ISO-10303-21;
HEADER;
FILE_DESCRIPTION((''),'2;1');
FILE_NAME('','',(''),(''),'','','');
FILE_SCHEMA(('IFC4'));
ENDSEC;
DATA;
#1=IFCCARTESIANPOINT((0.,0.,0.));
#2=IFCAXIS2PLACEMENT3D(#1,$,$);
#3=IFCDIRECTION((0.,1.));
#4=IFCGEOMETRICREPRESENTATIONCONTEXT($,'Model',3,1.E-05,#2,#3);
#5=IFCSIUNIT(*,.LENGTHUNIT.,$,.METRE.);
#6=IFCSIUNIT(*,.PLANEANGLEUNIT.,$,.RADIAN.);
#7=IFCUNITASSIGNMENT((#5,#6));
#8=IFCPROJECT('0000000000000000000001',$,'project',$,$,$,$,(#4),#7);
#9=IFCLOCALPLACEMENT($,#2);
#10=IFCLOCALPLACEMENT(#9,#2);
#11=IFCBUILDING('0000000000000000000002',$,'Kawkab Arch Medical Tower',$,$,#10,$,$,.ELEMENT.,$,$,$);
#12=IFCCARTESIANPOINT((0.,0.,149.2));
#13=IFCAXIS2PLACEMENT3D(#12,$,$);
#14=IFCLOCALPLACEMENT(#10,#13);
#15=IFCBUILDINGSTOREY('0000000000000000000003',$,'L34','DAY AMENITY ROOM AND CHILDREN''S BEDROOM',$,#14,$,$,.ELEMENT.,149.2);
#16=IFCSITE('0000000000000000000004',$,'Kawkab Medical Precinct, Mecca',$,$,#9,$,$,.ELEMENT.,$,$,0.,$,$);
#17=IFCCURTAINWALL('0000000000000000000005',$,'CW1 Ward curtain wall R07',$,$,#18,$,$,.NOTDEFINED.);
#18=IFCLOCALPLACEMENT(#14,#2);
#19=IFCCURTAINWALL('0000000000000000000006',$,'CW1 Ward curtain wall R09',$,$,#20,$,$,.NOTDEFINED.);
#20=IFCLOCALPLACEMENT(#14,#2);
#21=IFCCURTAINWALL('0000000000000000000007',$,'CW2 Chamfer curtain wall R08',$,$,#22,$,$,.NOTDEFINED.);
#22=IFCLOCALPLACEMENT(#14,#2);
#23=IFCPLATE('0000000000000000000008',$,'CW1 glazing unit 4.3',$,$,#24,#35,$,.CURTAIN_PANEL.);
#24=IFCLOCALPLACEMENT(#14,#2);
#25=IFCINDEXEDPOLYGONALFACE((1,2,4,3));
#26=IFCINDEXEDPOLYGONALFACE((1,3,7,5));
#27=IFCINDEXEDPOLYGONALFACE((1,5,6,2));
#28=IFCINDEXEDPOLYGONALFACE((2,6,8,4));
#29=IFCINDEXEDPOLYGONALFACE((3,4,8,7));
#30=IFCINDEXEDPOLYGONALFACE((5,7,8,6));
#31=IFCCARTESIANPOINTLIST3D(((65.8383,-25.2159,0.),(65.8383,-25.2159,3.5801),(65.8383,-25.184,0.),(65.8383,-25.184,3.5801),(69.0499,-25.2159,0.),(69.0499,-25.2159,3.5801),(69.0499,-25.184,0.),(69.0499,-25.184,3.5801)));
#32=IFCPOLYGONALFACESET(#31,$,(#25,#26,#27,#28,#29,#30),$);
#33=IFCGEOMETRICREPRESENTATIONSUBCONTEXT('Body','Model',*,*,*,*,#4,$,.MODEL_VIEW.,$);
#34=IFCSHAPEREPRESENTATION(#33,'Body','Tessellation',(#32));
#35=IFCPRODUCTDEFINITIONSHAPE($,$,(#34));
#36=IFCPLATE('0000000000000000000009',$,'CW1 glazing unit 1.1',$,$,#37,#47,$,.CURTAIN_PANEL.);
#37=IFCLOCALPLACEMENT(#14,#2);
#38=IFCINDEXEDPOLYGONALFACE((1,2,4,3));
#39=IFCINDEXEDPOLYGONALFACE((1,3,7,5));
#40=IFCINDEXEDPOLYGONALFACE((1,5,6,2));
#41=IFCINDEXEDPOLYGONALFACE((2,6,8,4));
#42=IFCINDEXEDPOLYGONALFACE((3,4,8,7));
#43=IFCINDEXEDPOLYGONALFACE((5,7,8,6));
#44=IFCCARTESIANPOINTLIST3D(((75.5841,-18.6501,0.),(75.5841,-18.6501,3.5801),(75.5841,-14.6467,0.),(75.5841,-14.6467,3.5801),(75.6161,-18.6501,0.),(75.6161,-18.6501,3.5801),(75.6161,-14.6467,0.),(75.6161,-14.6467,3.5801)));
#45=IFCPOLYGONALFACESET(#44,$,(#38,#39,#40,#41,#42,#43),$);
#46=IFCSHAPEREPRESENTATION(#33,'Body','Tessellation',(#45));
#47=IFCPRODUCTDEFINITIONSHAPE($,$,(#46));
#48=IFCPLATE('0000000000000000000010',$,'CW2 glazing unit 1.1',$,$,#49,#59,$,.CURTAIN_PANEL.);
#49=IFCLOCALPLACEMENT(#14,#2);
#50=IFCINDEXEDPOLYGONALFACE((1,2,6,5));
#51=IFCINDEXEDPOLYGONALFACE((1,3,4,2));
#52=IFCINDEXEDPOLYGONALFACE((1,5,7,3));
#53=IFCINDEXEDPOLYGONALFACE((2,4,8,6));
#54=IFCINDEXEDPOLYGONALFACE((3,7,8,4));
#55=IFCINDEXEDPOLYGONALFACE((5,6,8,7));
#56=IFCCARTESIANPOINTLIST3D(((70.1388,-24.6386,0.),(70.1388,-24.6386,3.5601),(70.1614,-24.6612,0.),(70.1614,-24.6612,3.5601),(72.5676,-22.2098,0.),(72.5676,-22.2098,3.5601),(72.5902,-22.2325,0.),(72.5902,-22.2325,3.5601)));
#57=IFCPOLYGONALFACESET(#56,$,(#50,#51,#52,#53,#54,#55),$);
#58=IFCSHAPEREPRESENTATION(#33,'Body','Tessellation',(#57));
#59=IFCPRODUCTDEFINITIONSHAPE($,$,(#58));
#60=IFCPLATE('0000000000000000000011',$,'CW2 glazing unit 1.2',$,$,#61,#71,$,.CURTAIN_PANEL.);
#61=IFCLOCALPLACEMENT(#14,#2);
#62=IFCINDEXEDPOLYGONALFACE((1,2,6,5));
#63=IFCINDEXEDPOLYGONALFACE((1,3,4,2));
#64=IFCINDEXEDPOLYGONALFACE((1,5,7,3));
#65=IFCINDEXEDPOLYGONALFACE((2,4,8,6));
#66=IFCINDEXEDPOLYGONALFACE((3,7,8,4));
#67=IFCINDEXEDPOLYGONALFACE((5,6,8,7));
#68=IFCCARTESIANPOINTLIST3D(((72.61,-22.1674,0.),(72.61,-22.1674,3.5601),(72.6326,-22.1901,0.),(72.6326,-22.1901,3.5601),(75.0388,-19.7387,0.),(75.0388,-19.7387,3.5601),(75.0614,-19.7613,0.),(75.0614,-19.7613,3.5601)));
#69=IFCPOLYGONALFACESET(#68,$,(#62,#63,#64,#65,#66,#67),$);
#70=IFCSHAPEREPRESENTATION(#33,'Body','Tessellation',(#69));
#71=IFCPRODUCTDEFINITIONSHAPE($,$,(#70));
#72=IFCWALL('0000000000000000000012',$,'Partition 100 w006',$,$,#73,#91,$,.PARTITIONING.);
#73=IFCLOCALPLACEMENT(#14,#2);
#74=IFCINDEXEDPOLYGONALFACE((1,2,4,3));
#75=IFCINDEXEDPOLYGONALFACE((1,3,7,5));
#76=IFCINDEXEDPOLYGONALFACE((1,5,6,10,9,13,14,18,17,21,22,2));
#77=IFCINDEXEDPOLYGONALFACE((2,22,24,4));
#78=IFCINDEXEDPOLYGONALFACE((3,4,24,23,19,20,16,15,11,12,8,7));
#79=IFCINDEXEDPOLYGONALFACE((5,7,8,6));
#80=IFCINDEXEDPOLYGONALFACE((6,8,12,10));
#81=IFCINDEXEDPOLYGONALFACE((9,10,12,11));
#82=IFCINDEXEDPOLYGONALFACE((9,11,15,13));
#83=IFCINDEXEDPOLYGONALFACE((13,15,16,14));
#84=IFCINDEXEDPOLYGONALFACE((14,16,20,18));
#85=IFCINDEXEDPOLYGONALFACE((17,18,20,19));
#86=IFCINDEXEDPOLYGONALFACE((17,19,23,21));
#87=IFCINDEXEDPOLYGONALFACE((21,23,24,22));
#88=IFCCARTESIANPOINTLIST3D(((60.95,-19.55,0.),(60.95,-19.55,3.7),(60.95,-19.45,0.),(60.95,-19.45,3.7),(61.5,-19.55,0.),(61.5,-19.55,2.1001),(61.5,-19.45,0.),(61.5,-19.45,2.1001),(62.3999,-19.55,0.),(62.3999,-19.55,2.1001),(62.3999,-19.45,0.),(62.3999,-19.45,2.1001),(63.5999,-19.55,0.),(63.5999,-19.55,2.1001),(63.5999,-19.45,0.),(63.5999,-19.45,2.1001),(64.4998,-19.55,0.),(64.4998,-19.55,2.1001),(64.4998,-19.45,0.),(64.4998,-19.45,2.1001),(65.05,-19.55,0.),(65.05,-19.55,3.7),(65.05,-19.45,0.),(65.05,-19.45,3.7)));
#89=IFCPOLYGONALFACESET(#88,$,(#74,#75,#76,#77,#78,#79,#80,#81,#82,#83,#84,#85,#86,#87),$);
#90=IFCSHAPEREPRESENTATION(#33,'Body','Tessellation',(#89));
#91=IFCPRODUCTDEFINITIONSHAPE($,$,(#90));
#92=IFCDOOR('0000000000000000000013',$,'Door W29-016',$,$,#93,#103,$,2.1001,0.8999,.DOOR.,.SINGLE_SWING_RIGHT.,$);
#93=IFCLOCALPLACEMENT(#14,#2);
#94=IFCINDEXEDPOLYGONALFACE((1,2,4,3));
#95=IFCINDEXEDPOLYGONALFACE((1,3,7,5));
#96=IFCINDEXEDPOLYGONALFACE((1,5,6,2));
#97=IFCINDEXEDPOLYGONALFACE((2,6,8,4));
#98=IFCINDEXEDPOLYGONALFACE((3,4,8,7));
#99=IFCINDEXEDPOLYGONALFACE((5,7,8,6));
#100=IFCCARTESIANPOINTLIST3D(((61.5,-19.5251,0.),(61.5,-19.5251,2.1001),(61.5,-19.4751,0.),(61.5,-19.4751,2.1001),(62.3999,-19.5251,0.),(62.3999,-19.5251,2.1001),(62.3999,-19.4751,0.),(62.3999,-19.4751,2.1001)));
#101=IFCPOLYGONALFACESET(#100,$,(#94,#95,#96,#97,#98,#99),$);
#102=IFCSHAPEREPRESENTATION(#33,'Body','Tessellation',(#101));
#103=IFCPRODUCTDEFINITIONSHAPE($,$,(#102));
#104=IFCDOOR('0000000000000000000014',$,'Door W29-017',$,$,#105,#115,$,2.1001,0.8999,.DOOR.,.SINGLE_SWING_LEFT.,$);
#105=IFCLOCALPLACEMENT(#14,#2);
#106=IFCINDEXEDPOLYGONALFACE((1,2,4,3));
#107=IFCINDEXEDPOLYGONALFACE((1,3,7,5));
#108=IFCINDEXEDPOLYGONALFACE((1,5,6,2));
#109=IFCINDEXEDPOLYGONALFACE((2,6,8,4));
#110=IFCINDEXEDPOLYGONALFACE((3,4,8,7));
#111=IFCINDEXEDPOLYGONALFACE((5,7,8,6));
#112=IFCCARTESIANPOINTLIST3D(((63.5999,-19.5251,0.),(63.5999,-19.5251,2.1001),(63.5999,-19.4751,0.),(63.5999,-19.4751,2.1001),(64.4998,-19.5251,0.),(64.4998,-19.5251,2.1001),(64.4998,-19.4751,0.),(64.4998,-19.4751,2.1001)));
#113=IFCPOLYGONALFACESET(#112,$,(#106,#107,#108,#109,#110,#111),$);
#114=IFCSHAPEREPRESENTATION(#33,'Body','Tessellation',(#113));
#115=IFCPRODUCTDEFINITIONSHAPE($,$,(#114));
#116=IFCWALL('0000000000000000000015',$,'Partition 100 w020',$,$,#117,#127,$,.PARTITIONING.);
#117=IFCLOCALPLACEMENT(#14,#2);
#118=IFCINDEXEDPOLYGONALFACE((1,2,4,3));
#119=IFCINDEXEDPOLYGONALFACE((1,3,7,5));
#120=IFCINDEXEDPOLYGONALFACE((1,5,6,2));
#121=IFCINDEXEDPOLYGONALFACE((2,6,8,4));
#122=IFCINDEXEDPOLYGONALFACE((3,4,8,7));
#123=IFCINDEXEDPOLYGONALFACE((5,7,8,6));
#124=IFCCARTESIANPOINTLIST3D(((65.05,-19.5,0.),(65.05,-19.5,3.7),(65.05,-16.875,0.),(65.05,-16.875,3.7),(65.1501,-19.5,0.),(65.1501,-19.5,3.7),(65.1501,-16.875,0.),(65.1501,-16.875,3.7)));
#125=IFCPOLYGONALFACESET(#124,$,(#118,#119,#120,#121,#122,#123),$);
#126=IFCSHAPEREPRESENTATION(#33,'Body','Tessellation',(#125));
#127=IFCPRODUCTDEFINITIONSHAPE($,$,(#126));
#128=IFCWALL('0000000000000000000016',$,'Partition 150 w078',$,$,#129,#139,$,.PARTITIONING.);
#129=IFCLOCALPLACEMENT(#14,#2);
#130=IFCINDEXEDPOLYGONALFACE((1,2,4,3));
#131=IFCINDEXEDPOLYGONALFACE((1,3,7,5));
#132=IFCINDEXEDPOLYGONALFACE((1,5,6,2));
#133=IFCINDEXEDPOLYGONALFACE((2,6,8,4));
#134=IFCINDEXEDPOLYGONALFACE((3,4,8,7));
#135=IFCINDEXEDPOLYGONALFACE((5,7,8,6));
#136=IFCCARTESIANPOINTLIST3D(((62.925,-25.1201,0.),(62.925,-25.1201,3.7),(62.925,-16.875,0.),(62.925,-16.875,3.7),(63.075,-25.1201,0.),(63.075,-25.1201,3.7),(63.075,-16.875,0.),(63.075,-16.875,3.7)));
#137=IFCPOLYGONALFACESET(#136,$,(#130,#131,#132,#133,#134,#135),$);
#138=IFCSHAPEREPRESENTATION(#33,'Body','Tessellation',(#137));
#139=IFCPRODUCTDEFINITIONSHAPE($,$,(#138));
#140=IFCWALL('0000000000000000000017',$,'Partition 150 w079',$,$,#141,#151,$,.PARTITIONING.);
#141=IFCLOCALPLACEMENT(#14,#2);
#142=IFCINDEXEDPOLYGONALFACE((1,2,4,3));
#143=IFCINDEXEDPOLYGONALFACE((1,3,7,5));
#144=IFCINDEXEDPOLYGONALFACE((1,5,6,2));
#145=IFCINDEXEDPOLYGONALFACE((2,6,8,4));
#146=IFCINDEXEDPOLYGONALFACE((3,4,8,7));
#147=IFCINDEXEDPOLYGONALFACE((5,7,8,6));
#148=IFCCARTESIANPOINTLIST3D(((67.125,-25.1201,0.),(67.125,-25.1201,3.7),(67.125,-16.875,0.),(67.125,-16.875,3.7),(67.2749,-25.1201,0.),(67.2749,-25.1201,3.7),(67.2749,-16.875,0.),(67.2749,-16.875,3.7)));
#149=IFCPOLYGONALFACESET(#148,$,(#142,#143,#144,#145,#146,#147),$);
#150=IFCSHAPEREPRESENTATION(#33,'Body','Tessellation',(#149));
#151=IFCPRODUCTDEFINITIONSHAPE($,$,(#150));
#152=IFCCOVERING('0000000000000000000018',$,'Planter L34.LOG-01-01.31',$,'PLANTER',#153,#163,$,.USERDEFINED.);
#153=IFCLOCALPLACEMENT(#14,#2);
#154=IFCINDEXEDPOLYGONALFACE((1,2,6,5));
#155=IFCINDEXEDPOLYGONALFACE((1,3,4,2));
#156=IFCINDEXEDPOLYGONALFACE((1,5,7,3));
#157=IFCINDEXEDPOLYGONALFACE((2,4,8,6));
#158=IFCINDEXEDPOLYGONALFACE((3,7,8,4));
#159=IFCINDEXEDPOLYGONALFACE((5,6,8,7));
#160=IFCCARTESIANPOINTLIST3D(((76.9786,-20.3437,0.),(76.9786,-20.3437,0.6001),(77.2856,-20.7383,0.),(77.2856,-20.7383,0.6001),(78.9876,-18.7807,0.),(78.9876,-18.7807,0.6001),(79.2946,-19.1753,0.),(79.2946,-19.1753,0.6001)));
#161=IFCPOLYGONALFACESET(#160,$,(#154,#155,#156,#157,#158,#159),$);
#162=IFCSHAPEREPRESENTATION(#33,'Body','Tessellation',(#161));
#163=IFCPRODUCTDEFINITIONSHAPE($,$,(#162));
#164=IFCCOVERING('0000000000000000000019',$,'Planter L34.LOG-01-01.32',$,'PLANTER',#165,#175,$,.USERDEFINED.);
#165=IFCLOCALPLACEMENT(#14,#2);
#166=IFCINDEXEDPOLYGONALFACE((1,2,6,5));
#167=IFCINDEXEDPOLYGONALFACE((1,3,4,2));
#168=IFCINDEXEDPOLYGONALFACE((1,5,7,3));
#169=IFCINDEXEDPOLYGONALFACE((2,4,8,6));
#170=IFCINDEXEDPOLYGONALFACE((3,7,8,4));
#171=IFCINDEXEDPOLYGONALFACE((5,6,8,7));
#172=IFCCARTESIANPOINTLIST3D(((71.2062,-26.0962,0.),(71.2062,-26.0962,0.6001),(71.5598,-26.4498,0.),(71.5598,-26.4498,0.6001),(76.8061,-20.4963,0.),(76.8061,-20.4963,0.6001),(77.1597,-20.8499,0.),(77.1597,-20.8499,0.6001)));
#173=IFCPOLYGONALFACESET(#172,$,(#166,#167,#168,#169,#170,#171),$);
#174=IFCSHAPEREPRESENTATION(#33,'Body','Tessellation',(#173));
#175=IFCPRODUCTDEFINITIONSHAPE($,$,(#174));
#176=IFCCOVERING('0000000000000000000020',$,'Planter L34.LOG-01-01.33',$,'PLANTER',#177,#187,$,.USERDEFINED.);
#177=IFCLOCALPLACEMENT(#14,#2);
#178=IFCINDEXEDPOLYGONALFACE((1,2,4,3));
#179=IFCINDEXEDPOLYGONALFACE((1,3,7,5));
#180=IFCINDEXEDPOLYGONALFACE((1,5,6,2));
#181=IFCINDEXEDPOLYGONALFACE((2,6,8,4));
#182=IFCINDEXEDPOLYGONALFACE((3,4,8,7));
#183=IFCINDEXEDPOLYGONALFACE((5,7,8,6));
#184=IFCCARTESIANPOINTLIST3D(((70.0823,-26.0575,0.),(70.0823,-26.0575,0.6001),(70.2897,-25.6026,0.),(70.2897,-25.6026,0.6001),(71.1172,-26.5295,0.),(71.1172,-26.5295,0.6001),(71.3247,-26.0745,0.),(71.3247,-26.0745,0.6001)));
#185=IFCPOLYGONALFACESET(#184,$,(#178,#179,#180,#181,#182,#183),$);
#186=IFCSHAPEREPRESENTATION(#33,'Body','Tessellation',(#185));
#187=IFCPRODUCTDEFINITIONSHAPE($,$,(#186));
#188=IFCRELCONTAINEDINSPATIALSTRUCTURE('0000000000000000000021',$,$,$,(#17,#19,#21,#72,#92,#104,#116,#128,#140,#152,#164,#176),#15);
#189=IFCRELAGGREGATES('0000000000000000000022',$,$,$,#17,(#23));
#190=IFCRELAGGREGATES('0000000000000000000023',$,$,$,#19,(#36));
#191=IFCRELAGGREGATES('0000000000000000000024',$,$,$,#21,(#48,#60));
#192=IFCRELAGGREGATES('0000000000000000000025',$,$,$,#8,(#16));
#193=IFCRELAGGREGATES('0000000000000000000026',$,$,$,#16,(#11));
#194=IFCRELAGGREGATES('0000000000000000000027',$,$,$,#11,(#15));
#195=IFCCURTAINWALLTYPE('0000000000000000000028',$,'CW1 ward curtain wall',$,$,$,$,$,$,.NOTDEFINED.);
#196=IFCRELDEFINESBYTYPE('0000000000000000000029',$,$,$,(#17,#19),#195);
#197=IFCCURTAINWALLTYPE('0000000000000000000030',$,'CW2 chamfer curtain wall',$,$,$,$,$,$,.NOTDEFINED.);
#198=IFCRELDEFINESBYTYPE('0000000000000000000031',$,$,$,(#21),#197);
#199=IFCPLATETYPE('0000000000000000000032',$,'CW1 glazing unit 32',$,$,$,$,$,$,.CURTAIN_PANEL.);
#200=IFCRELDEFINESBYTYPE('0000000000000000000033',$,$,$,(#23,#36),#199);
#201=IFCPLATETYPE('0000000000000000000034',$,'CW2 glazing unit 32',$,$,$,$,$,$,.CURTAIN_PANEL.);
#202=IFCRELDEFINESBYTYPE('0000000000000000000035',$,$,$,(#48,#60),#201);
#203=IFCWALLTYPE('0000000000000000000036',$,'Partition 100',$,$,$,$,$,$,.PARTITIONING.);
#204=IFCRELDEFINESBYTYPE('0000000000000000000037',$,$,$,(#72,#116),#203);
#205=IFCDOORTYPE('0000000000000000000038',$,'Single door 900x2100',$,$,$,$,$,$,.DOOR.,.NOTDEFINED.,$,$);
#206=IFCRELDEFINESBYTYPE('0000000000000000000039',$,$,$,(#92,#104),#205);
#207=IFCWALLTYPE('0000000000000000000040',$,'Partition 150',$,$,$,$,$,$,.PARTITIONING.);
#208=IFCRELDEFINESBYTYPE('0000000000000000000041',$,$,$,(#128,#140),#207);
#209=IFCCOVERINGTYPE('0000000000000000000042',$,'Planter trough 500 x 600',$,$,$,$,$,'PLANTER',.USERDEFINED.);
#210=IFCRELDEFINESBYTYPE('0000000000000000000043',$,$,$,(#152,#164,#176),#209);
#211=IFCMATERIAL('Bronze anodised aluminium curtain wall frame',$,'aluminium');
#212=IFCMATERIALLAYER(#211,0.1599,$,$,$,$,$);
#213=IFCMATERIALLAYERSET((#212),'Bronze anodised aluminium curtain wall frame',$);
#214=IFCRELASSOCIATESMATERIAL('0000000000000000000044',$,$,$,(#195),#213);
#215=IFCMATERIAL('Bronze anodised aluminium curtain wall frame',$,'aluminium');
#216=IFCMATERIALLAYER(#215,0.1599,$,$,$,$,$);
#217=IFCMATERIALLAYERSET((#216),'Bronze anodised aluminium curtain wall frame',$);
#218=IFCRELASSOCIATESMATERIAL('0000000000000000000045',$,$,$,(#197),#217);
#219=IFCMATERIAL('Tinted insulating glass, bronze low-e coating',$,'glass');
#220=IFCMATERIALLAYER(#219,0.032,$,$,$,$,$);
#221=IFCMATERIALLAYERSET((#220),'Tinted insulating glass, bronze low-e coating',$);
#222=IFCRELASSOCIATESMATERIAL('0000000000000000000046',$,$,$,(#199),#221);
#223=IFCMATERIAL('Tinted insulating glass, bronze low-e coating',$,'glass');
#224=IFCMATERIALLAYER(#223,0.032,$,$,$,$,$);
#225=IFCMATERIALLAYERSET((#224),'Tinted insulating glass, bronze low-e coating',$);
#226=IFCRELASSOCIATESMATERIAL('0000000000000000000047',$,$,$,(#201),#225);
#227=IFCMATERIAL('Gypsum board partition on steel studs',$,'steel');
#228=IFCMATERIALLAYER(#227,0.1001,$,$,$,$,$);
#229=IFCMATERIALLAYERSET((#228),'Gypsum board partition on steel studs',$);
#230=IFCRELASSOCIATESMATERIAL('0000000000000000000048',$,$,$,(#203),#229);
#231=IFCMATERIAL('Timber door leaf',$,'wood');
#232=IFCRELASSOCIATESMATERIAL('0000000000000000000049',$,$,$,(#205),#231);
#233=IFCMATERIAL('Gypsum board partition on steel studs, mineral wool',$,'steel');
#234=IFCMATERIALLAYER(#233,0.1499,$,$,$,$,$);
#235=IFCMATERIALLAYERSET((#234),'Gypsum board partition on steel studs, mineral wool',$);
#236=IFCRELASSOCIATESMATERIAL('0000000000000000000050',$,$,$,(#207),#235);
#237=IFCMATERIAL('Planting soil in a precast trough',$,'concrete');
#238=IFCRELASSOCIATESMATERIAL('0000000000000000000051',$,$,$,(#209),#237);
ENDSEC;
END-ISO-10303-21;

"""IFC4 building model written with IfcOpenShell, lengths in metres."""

from ifc_helpers import new_model, si_unit, direction, frame, frame_2d, origin, origin_2d, place, context, subcontext, project, spatial, rectangle, extrude, material, layer, layer_set, material_profile, profile_set, type_object, element, fill, aggregate, save


model = new_model("IFC4")

# Units and contexts
model_context = context("Model", 3, precision=1e-05, world=origin(), true_north=direction((0.0, 1.0)))
body_context = subcontext(model_context, "Body", "Model", "MODEL_VIEW")
ifc_project = project(units=[si_unit("LENGTHUNIT", "METRE"), si_unit("PLANEANGLEUNIT", "RADIAN")], contexts=[model_context])

# Site, building, storey
site_placement = place(None, origin())
site = spatial("IfcSite", under=ifc_project, at=site_placement, Name="Kawkab Medical Precinct, Mecca", CompositionType="ELEMENT", RefElevation=0.0)
building_placement = place(site_placement, origin())
building = spatial("IfcBuilding", under=site, at=building_placement, Name="Kawkab Arch Medical Tower", CompositionType="ELEMENT")
storey_placement = place(building_placement, frame((0.0, 0.0, 149.2)))
storey = spatial("IfcBuildingStorey", under=building, at=storey_placement, Name="L34", Description="DAY AMENITY ROOM AND CHILDREN'S BEDROOM", CompositionType="ELEMENT", Elevation=149.2)

# Curtain walls
ifc_material_1 = material(Name="Bronze anodised aluminium curtain wall frame", Category="aluminium")
ifc_layer_1 = layer(ifc_material_1, 0.1599)
ifc_layer_set_1 = layer_set([ifc_layer_1], Name="Bronze anodised aluminium curtain wall frame")
curtain_wall_type_1 = type_object("IfcCurtainWallType", Name="CW1 ward curtain wall", PredefinedType="NOTDEFINED", material=ifc_layer_set_1)
placement = place(storey_placement, origin())
curtain_wall_1 = element("IfcCurtainWall", 1, at=placement, inside=storey, type_object=curtain_wall_type_1, Name="CW1 Ward curtain wall R07", PredefinedType="NOTDEFINED")
curtain_wall_2 = element("IfcCurtainWall", 2, at=placement, inside=storey, type_object=curtain_wall_type_1, Name="CW1 Ward curtain wall R09", PredefinedType="NOTDEFINED")
ifc_material_2 = material(Name="Bronze anodised aluminium curtain wall frame", Category="aluminium")
ifc_layer_2 = layer(ifc_material_2, 0.1599)
ifc_layer_set_2 = layer_set([ifc_layer_2], Name="Bronze anodised aluminium curtain wall frame")
curtain_wall_type_2 = type_object("IfcCurtainWallType", Name="CW2 chamfer curtain wall", PredefinedType="NOTDEFINED", material=ifc_layer_set_2)
curtain_wall_3 = element("IfcCurtainWall", 3, at=placement, inside=storey, type_object=curtain_wall_type_2, Name="CW2 Chamfer curtain wall R08", PredefinedType="NOTDEFINED")

# Plates
ifc_material_3 = material(Name="Tinted insulating glass, bronze low-e coating", Category="glass")
ifc_layer_3 = layer(ifc_material_3, 0.032)
ifc_layer_set_3 = layer_set([ifc_layer_3], Name="Tinted insulating glass, bronze low-e coating")
plate_type_1 = type_object("IfcPlateType", Name="CW1 glazing unit 32", PredefinedType="CURTAIN_PANEL", material=ifc_layer_set_3)
plate_1_placement = place(storey_placement, frame((67.4441, -25.2, 0.0), z_axis=(0.0, 0.0, 1.0), x_axis=(1.0, 0.0, 0.0)))
plate_1 = element("IfcPlate", 4, at=plate_1_placement, type_object=plate_type_1, Name="CW1 glazing unit 4.3", PredefinedType="CURTAIN_PANEL", context=body_context, shape_type="SweptSolid", body=[
    extrude(rectangle(XDim=3.2117, YDim=0.032, at=origin_2d()), origin(), (0.0, 0.0, 1.0), 3.5801),
])
aggregate(curtain_wall_1, [plate_1])
plate_2_placement = place(storey_placement, frame((75.6001, -16.6484, 0.0), z_axis=(0.0, 0.0, 1.0), x_axis=(0.0, 1.0, 0.0)))
plate_2 = element("IfcPlate", 5, at=plate_2_placement, type_object=plate_type_1, Name="CW1 glazing unit 1.1", PredefinedType="CURTAIN_PANEL", context=body_context, shape_type="SweptSolid", body=[
    extrude(rectangle(XDim=4.0034, YDim=0.032, at=origin_2d()), origin(), (0.0, 0.0, 1.0), 3.5801),
])
aggregate(curtain_wall_2, [plate_2])
ifc_material_4 = material(Name="Tinted insulating glass, bronze low-e coating", Category="glass")
ifc_layer_4 = layer(ifc_material_4, 0.032)
ifc_layer_set_4 = layer_set([ifc_layer_4], Name="Tinted insulating glass, bronze low-e coating")
plate_type_2 = type_object("IfcPlateType", Name="CW2 glazing unit 32", PredefinedType="CURTAIN_PANEL", material=ifc_layer_set_4)
plate_3_placement = place(storey_placement, frame((71.3645, -23.4355, 0.0), z_axis=(0.0, 0.0, 1.0), x_axis=(0.707107, 0.707107, 0.0)))
plate_3 = element("IfcPlate", 6, at=plate_3_placement, type_object=plate_type_2, Name="CW2 glazing unit 1.1", PredefinedType="CURTAIN_PANEL", context=body_context, shape_type="SweptSolid", body=[
    extrude(rectangle(XDim=3.4348, YDim=0.032, at=origin_2d()), origin(), (0.0, 0.0, 1.0), 3.5601),
])
plate_4_placement = place(storey_placement, frame((73.8357, -20.9644, 0.0), z_axis=(0.0, 0.0, 1.0), x_axis=(0.707107, 0.707107, 0.0)))
plate_4 = element("IfcPlate", 7, at=plate_4_placement, type_object=plate_type_2, Name="CW2 glazing unit 1.2", PredefinedType="CURTAIN_PANEL", context=body_context, shape_type="SweptSolid", body=[
    extrude(rectangle(XDim=3.4348, YDim=0.032, at=origin_2d()), origin(), (0.0, 0.0, 1.0), 3.5601),
])
aggregate(curtain_wall_3, [plate_3, plate_4])

# Wall, openings, doors
ifc_material_5 = material(Name="Gypsum board partition on steel studs", Category="steel")
ifc_layer_5 = layer(ifc_material_5, 0.1001)
ifc_layer_set_5 = layer_set([ifc_layer_5], Name="Gypsum board partition on steel studs")
wall_type_1 = type_object("IfcWallType", Name="Partition 100", PredefinedType="PARTITIONING", material=ifc_layer_set_5)
wall_1_placement = place(storey_placement, frame((60.95, -19.5, 0.0), z_axis=(0.0, 0.0, 1.0), x_axis=(1.0, 0.0, 0.0)))
wall_1 = element("IfcWall", 8, at=wall_1_placement, inside=storey, type_object=wall_type_1, Name="Partition 100 w006", PredefinedType="PARTITIONING", context=body_context, shape_type="SweptSolid", body=[
    extrude(rectangle(XDim=4.1001, YDim=0.1001, at=frame_2d((2.05, 0.0))), origin(), (0.0, 0.0, 1.0), 3.7),
])
opening_1_placement = place(wall_1_placement, frame((0.55, 0.0, 0.0)))
opening_1 = element("IfcOpeningElement", 9, at=opening_1_placement, cuts=wall_1, PredefinedType="OPENING", context=body_context, shape_type="SweptSolid", body=[
    extrude(rectangle(XDim=0.8999, YDim=2.1001, at=frame_2d((0.45, 1.05))), frame((0.0, 0.0601, 0.0), z_axis=(0.0, -1.0, 0.0), x_axis=(1.0, 0.0, 0.0)), (0.0, 0.0, 1.0), 0.1201),
])
opening_2_placement = place(wall_1_placement, frame((2.6499, 0.0, 0.0)))
opening_2 = element("IfcOpeningElement", 10, at=opening_2_placement, cuts=wall_1, PredefinedType="OPENING", context=body_context, shape_type="SweptSolid", body=[
    extrude(rectangle(XDim=0.8999, YDim=2.1001, at=frame_2d((0.45, 1.05))), frame((0.0, 0.0601, 0.0), z_axis=(0.0, -1.0, 0.0), x_axis=(1.0, 0.0, 0.0)), (0.0, 0.0, 1.0), 0.1201),
])
ifc_material_6 = material(Name="Timber door leaf", Category="wood")
door_type = type_object("IfcDoorType", Name="Single door 900x2100", OperationType="NOTDEFINED", PredefinedType="DOOR", material=ifc_material_6)
door_1_placement = place(opening_1_placement, origin())
door_1 = element("IfcDoor", 11, at=door_1_placement, inside=storey, type_object=door_type, Name="Door W29-016", OperationType="SINGLE_SWING_RIGHT", OverallHeight=2.1001, OverallWidth=0.8999, PredefinedType="DOOR", context=body_context, shape_type="SweptSolid", body=[
    extrude(rectangle(XDim=0.8999, YDim=2.1001, at=frame_2d((0.45, 1.05))), frame((0.0, 0.0249, 0.0), z_axis=(0.0, -1.0, 0.0), x_axis=(1.0, 0.0, 0.0)), (0.0, 0.0, 1.0), 0.05),
])
fill(opening_1, door_1)
door_2_placement = place(opening_2_placement, origin())
door_2 = element("IfcDoor", 12, at=door_2_placement, inside=storey, type_object=door_type, Name="Door W29-017", OperationType="SINGLE_SWING_LEFT", OverallHeight=2.1001, OverallWidth=0.8999, PredefinedType="DOOR", context=body_context, shape_type="SweptSolid", body=[
    extrude(rectangle(XDim=0.8999, YDim=2.1001, at=frame_2d((0.45, 1.05))), frame((0.0, 0.0249, 0.0), z_axis=(0.0, -1.0, 0.0), x_axis=(1.0, 0.0, 0.0)), (0.0, 0.0, 1.0), 0.05),
])
fill(opening_2, door_2)

# Walls
wall_2_placement = place(storey_placement, frame((65.1001, -19.5, 0.0), z_axis=(0.0, 0.0, 1.0), x_axis=(0.0, 1.0, 0.0)))
element("IfcWall", 13, at=wall_2_placement, inside=storey, type_object=wall_type_1, Name="Partition 100 w020", PredefinedType="PARTITIONING", context=body_context, shape_type="SweptSolid", body=[
    extrude(rectangle(XDim=2.625, YDim=0.1001, at=frame_2d((1.3125, 0.0))), origin(), (0.0, 0.0, 1.0), 3.7),
])
ifc_material_7 = material(Name="Gypsum board partition on steel studs, mineral wool", Category="steel")
ifc_layer_6 = layer(ifc_material_7, 0.1499)
ifc_layer_set_6 = layer_set([ifc_layer_6], Name="Gypsum board partition on steel studs, mineral wool")
wall_type_2 = type_object("IfcWallType", Name="Partition 150", PredefinedType="PARTITIONING", material=ifc_layer_set_6)
for number, where, z_axis, x_axis, name in (
    (14, (63.0, -25.1201, 0.0), (0.0, 0.0, 1.0), (0.0, 1.0, 0.0), "Partition 150 w078"),
    (15, (67.2, -25.1201, 0.0), (0.0, 0.0, 1.0), (0.0, 1.0, 0.0), "Partition 150 w079"),
):
    element("IfcWall", number, at=place(storey_placement, frame(where, z_axis=z_axis, x_axis=x_axis)), inside=storey, type_object=wall_type_2, Name=name, PredefinedType="PARTITIONING", context=body_context, shape_type="SweptSolid", body=[
        extrude(rectangle(XDim=8.2451, YDim=0.1499, at=frame_2d((4.1226, 0.0))), origin(), (0.0, 0.0, 1.0), 3.7),
    ])

# Coverings
ifc_material_8 = material(Name="Planting soil in a precast trough", Category="concrete")
ifc_material_profile_1 = material_profile(ifc_material_8, rectangle(XDim=0.5, YDim=0.6001, at=origin_2d()), Name="Trough 500x600")
ifc_profile_set_1 = profile_set([ifc_material_profile_1], Name="Planting soil in a precast trough")
covering_type = type_object("IfcCoveringType", Name="Planter trough 500 x 600", ElementType="PLANTER", PredefinedType="USERDEFINED", material=ifc_profile_set_1)
covering_1_placement = place(storey_placement, frame((79.1411, -18.978, 0.3), z_axis=(-0.789275, -0.61404, 0.0), x_axis=(0.61404, -0.789275, 0.0)))
element("IfcCovering", 16, at=covering_1_placement, inside=storey, type_object=covering_type, Name="Planter L34.LOG-01-01.31", ObjectType="PLANTER", PredefinedType="USERDEFINED", context=body_context, shape_type="SweptSolid", body=[
    extrude(rectangle(XDim=0.5, YDim=0.6001, at=origin_2d()), origin(), (0.0, 0.0, 1.0), 2.5454),
])
covering_2_placement = place(storey_placement, frame((76.9829, -20.6731, 0.3), z_axis=(-0.707107, -0.707107, 0.0), x_axis=(0.707107, -0.707107, 0.0)))
element("IfcCovering", 17, at=covering_2_placement, inside=storey, type_object=covering_type, Name="Planter L34.LOG-01-01.32", ObjectType="PLANTER", PredefinedType="USERDEFINED", context=body_context, shape_type="SweptSolid", body=[
    extrude(rectangle(XDim=0.5, YDim=0.6001, at=origin_2d()), origin(), (0.0, 0.0, 1.0), 7.9194),
])
covering_3_placement = place(storey_placement, frame((71.2209, -26.302, 0.3), z_axis=(-0.909866, 0.414902, 0.0), x_axis=(-0.414902, -0.909866, 0.0)))
element("IfcCovering", 18, at=covering_3_placement, inside=storey, type_object=covering_type, Name="Planter L34.LOG-01-01.33", ObjectType="PLANTER", PredefinedType="USERDEFINED", context=body_context, shape_type="SweptSolid", body=[
    extrude(rectangle(XDim=0.5, YDim=0.6001, at=origin_2d()), origin(), (0.0, 0.0, 1.0), 1.1375),
])

save(model, "model.ifc")
